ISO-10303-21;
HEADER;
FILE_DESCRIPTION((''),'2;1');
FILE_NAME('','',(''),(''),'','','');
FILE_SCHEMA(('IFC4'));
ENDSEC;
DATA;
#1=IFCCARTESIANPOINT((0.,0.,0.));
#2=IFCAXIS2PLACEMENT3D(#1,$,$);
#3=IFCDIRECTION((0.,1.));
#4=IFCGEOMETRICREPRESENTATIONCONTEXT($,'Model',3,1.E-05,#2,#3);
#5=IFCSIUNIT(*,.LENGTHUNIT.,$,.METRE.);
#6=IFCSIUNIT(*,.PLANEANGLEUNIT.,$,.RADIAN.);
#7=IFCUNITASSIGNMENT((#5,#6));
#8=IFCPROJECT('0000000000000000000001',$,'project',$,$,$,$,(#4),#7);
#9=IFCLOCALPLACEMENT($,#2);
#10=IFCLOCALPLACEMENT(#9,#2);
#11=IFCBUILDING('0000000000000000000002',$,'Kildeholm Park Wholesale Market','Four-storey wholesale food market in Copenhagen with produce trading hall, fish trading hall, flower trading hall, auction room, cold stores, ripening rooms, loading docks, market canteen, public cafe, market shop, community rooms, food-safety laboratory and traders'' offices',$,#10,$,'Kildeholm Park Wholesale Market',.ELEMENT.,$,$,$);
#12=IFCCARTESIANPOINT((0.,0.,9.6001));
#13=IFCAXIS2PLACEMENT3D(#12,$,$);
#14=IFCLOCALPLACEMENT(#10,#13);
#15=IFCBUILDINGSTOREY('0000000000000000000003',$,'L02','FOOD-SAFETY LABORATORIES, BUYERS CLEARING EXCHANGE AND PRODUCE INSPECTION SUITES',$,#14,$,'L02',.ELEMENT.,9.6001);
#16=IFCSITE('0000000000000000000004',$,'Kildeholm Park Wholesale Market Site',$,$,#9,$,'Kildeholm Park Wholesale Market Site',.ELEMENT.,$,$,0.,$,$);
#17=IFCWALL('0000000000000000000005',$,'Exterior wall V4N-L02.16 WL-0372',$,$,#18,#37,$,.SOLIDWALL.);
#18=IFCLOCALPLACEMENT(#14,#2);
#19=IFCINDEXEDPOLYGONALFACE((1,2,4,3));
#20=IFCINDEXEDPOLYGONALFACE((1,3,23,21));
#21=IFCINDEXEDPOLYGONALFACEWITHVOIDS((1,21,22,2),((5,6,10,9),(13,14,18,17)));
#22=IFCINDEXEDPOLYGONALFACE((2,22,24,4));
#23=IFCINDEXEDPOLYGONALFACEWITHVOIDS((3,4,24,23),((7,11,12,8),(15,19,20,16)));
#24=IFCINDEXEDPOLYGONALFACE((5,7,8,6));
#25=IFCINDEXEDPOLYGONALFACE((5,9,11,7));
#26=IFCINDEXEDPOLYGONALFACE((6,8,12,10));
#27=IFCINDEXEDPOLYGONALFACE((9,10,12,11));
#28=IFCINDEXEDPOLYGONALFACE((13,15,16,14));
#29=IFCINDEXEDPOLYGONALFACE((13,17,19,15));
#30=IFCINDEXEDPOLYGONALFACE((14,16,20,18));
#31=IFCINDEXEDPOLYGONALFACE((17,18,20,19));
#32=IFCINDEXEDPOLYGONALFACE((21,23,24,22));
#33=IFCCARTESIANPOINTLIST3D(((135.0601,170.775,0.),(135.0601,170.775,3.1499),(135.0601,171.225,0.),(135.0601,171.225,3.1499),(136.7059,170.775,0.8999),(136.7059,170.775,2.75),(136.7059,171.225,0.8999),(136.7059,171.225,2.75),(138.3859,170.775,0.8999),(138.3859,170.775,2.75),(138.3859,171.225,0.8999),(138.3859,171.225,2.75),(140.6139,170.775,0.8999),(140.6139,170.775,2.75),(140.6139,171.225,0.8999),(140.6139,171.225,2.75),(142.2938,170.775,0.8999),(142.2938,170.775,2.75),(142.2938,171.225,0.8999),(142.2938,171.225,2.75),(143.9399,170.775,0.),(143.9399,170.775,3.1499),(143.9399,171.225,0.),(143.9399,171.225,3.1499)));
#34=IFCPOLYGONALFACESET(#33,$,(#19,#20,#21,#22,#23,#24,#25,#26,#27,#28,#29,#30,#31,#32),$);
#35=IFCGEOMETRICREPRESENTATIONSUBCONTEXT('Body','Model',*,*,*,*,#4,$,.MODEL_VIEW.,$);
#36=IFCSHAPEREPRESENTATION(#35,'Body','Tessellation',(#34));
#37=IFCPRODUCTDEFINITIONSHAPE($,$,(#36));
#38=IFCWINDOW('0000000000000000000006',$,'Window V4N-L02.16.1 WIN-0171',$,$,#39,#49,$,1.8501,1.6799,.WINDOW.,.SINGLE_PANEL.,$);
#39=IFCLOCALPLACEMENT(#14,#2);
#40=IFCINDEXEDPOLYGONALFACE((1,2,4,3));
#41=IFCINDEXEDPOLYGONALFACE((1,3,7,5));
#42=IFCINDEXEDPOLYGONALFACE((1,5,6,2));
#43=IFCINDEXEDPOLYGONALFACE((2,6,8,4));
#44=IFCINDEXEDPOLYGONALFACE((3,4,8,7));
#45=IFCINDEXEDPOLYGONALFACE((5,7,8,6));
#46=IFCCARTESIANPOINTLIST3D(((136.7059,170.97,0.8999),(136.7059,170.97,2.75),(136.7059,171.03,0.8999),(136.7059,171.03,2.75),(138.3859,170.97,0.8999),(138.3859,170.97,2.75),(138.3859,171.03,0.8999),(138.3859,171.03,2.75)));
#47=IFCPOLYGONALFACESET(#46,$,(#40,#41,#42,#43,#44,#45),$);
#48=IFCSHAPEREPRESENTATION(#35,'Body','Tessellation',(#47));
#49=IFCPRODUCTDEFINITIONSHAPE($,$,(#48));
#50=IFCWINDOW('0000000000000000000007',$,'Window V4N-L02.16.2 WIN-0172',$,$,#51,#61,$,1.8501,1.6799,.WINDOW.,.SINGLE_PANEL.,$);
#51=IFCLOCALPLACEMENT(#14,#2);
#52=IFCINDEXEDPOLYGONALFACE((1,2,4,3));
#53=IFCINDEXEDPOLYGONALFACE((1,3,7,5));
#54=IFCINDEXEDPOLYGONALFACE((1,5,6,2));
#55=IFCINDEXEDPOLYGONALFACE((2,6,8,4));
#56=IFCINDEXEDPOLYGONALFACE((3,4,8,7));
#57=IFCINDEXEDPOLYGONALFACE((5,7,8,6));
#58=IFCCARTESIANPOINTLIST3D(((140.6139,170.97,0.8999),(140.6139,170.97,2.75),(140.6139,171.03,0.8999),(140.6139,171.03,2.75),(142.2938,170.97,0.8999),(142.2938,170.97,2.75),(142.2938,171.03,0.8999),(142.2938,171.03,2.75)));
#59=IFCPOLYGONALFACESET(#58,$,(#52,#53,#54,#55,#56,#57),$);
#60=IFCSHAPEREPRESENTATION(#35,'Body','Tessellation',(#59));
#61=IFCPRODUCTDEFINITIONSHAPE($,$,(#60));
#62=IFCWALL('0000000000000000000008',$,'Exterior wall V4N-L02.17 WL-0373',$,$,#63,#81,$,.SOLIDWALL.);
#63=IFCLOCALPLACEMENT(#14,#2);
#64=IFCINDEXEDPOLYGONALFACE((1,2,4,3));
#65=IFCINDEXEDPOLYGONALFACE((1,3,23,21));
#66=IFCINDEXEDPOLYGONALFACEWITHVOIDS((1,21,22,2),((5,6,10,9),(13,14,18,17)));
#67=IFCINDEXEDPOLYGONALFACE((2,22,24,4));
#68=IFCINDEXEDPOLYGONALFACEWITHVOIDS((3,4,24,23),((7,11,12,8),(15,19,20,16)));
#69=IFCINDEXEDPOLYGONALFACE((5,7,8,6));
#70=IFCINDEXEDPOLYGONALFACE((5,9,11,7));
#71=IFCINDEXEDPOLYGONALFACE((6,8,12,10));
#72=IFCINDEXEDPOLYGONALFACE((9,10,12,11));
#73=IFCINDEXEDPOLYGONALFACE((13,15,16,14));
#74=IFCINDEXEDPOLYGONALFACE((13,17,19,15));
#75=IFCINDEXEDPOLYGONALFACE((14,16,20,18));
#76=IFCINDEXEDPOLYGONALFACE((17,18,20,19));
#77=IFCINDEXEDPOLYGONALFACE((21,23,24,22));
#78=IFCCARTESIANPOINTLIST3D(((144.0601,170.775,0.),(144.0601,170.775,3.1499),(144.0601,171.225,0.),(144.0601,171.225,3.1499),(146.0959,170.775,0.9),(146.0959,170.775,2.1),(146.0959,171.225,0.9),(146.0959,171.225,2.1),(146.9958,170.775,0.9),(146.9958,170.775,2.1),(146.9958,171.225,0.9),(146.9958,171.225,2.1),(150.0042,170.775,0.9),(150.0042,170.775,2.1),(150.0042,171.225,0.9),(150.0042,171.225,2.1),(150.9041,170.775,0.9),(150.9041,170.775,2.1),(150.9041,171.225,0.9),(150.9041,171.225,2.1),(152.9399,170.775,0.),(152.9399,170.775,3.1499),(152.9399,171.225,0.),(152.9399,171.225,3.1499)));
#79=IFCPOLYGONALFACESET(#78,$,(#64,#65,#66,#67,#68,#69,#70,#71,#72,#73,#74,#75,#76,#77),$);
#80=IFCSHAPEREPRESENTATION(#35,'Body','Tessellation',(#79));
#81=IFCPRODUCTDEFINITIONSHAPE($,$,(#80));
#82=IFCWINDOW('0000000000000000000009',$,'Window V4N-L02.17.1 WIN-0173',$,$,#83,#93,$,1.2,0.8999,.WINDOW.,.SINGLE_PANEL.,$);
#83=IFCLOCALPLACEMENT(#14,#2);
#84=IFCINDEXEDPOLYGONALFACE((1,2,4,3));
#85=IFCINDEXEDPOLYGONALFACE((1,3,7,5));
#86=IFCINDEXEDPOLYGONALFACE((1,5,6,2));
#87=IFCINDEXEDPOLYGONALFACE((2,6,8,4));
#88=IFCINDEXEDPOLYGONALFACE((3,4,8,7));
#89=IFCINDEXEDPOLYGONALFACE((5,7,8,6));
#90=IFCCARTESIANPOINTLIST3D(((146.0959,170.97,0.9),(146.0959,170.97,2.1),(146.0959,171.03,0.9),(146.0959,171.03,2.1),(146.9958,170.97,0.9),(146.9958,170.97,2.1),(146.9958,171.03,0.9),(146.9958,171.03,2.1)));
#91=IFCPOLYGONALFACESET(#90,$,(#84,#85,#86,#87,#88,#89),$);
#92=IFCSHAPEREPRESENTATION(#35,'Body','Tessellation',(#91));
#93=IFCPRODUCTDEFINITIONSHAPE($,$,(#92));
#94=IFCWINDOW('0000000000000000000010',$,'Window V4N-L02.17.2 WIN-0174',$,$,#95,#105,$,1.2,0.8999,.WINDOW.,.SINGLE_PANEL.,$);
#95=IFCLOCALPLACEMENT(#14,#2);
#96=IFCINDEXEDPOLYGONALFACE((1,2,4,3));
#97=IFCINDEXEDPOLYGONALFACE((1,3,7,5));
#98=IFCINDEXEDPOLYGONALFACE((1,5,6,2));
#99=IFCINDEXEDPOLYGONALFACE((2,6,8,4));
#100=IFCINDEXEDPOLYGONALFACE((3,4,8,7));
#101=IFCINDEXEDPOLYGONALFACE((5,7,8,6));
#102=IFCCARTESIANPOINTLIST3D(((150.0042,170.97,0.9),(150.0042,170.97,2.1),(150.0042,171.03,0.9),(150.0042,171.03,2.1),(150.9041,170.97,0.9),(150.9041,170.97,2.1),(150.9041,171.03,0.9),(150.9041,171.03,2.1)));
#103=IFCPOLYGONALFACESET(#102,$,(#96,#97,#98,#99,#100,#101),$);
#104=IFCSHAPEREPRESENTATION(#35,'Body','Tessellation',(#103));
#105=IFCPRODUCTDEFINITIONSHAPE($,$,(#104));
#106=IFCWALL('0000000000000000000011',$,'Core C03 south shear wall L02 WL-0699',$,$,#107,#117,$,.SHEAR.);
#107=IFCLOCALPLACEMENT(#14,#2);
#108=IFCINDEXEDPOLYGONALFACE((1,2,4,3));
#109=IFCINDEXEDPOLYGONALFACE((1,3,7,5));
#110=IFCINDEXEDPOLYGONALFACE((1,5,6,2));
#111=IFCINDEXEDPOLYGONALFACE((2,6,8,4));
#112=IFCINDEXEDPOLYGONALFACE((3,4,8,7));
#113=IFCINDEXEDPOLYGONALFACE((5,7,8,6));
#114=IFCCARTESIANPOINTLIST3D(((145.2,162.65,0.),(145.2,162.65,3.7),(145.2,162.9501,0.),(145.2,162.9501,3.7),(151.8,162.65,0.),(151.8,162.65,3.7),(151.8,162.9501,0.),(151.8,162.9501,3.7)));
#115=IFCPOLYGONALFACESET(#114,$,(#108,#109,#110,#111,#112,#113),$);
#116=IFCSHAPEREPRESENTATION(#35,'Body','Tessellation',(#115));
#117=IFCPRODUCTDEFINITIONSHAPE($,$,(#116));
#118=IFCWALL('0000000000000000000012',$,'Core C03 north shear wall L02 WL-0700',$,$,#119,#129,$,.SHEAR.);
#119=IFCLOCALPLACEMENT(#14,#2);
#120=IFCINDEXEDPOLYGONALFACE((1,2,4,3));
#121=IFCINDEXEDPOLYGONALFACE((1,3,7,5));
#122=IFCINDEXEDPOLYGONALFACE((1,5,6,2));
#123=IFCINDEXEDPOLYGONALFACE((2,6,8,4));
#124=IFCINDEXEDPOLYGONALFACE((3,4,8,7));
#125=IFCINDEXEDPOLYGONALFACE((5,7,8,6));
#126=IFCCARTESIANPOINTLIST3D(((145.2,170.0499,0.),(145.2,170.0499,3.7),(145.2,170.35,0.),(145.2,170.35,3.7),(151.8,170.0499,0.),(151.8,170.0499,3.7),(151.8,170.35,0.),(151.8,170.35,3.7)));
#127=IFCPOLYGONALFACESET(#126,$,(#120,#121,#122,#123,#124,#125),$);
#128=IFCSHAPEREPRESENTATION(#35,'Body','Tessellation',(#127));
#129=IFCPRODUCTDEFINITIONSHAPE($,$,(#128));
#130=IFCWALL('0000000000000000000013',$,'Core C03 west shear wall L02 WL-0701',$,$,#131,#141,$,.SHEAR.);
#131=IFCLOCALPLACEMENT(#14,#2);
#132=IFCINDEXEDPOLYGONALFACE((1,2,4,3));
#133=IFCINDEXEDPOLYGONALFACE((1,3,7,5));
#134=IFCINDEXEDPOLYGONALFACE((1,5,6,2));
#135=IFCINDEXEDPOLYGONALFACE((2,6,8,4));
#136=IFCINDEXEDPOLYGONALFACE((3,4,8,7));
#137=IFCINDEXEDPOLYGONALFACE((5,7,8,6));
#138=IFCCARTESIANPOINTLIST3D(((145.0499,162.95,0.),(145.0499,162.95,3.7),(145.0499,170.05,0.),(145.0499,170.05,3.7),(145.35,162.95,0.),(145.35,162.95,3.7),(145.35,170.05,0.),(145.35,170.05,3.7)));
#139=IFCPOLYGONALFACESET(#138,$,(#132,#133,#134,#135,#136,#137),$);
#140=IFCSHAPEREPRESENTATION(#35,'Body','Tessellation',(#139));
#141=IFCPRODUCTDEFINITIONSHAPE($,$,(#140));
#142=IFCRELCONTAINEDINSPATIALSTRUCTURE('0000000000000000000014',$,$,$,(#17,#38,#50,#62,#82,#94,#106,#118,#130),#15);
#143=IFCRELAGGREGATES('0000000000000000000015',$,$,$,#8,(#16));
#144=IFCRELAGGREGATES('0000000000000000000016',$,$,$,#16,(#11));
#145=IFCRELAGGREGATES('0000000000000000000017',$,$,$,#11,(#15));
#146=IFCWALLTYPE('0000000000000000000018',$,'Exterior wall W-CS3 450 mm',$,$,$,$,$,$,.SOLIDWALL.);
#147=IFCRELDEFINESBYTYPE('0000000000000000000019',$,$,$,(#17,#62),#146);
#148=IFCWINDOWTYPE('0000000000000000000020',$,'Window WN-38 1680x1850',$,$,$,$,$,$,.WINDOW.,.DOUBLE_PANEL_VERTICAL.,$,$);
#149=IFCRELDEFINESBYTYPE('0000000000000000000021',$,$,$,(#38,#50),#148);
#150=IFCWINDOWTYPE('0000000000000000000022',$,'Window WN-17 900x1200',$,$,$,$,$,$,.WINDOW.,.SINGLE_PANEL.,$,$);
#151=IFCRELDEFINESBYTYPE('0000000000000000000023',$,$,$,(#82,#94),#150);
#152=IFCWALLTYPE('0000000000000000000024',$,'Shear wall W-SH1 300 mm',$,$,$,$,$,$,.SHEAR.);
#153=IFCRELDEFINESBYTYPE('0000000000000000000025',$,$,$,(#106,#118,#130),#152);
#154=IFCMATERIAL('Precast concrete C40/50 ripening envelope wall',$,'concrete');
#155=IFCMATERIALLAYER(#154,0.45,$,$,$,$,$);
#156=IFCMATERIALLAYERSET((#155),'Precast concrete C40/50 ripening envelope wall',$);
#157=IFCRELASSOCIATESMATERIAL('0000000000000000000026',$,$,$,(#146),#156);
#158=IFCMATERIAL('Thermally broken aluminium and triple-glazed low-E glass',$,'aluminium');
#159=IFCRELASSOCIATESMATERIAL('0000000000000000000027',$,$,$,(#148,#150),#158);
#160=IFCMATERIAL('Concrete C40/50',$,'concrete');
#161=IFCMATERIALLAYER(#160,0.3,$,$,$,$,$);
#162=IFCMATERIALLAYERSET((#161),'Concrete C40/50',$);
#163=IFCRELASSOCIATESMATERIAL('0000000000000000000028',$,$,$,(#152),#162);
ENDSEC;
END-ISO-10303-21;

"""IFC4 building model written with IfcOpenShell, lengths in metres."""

from ifc_helpers import new_model, si_unit, direction, frame, frame_2d, origin, place, context, subcontext, project, spatial, rectangle, extrude, material, layer, layer_set, type_object, element, fill, save


model = new_model("IFC4")

# Units and contexts
model_context = context("Model", 3, precision=1e-05, world=origin(), true_north=direction((0.0, 1.0)))
body_context = subcontext(model_context, "Body", "Model", "MODEL_VIEW")
ifc_project = project(units=[si_unit("LENGTHUNIT", "METRE"), si_unit("PLANEANGLEUNIT", "RADIAN")], contexts=[model_context])

# Site, building, storey
site_placement = place(None, origin())
site = spatial("IfcSite", under=ifc_project, at=site_placement, Name="Kildeholm Park Wholesale Market Site", LongName="Kildeholm Park Wholesale Market Site", CompositionType="ELEMENT", RefElevation=0.0)
building_placement = place(site_placement, origin())
building = spatial("IfcBuilding", under=site, at=building_placement, Name="Kildeholm Park Wholesale Market", Description="Four-storey wholesale food market in Copenhagen with produce trading hall, fish trading hall, flower trading hall, auction room, cold stores, ripening rooms, loading docks, market canteen, public cafe, market shop, community rooms, food-safety laboratory and traders' offices", LongName="Kildeholm Park Wholesale Market", CompositionType="ELEMENT")
storey_placement = place(building_placement, frame((0.0, 0.0, 9.6001)))
storey = spatial("IfcBuildingStorey", under=building, at=storey_placement, Name="L02", Description="FOOD-SAFETY LABORATORIES, BUYERS CLEARING EXCHANGE AND PRODUCE INSPECTION SUITES", LongName="L02", CompositionType="ELEMENT", Elevation=9.6001)

# Shared definitions
ifc_material_1 = material(Name="Concrete C40/50", Category="concrete")

# Walls, openings, windows
ifc_material_2 = material(Name="Precast concrete C40/50 ripening envelope wall", Category="concrete")
ifc_layer_1 = layer(ifc_material_2, 0.45)
ifc_layer_set_1 = layer_set([ifc_layer_1], Name="Precast concrete C40/50 ripening envelope wall")
wall_type_1 = type_object("IfcWallType", Name="Exterior wall W-CS3 450 mm", PredefinedType="SOLIDWALL", material=ifc_layer_set_1)
wall_1_placement = place(storey_placement, frame((135.0601, 171.0, 0.0), z_axis=(0.0, 0.0, 1.0), x_axis=(1.0, 0.0, 0.0)))
wall_1 = element("IfcWall", 1, at=wall_1_placement, inside=storey, type_object=wall_type_1, Name="Exterior wall V4N-L02.16 WL-0372", PredefinedType="SOLIDWALL", context=body_context, shape_type="SweptSolid", body=[
    extrude(rectangle(XDim=8.8799, YDim=0.45, at=frame_2d((4.4399, 0.0))), origin(), (0.0, 0.0, 1.0), 3.1499),
])
opening_1_placement = place(wall_1_placement, frame((1.646, 0.0, 0.8999)))
opening_1 = element("IfcOpeningElement", 2, at=opening_1_placement, cuts=wall_1, PredefinedType="OPENING", context=body_context, shape_type="SweptSolid", body=[
    extrude(rectangle(XDim=1.6799, YDim=1.8501, at=frame_2d((0.8398, 0.925))), frame((0.0, 0.2349, 0.0), z_axis=(0.0, -1.0, 0.0), x_axis=(1.0, 0.0, 0.0)), (0.0, 0.0, 1.0), 0.47),
])
opening_2_placement = place(wall_1_placement, frame((5.554, 0.0, 0.8999)))
opening_2 = element("IfcOpeningElement", 3, at=opening_2_placement, cuts=wall_1, PredefinedType="OPENING", context=body_context, shape_type="SweptSolid", body=[
    extrude(rectangle(XDim=1.6799, YDim=1.8501, at=frame_2d((0.8398, 0.925))), frame((0.0, 0.2349, 0.0), z_axis=(0.0, -1.0, 0.0), x_axis=(1.0, 0.0, 0.0)), (0.0, 0.0, 1.0), 0.47),
])
ifc_material_3 = material(Name="Thermally broken aluminium and triple-glazed low-E glass", Category="aluminium")
window_type_1 = type_object("IfcWindowType", Name="Window WN-38 1680x1850", PartitioningType="DOUBLE_PANEL_VERTICAL", PredefinedType="WINDOW", material=ifc_material_3)
window_1_placement = place(opening_1_placement, origin())
window_1 = element("IfcWindow", 4, at=window_1_placement, inside=storey, type_object=window_type_1, Name="Window V4N-L02.16.1 WIN-0171", OverallHeight=1.8501, OverallWidth=1.6799, PartitioningType="SINGLE_PANEL", PredefinedType="WINDOW", context=body_context, shape_type="SweptSolid", body=[
    extrude(rectangle(XDim=1.6799, YDim=1.8501, at=frame_2d((0.8398, 0.925))), frame((0.0, 0.03, 0.0), z_axis=(0.0, -1.0, 0.0), x_axis=(1.0, 0.0, 0.0)), (0.0, 0.0, 1.0), 0.0601),
])
fill(opening_1, window_1)
window_2_placement = place(opening_2_placement, origin())
window_2 = element("IfcWindow", 5, at=window_2_placement, inside=storey, type_object=window_type_1, Name="Window V4N-L02.16.2 WIN-0172", OverallHeight=1.8501, OverallWidth=1.6799, PartitioningType="SINGLE_PANEL", PredefinedType="WINDOW", context=body_context, shape_type="SweptSolid", body=[
    extrude(rectangle(XDim=1.6799, YDim=1.8501, at=frame_2d((0.8398, 0.925))), frame((0.0, 0.03, 0.0), z_axis=(0.0, -1.0, 0.0), x_axis=(1.0, 0.0, 0.0)), (0.0, 0.0, 1.0), 0.0601),
])
fill(opening_2, window_2)
wall_2_placement = place(storey_placement, frame((144.0601, 171.0, 0.0), z_axis=(0.0, 0.0, 1.0), x_axis=(1.0, 0.0, 0.0)))
wall_2 = element("IfcWall", 6, at=wall_2_placement, inside=storey, type_object=wall_type_1, Name="Exterior wall V4N-L02.17 WL-0373", PredefinedType="SOLIDWALL", context=body_context, shape_type="SweptSolid", body=[
    extrude(rectangle(XDim=8.8799, YDim=0.45, at=frame_2d((4.4399, 0.0))), origin(), (0.0, 0.0, 1.0), 3.1499),
])
opening_3_placement = place(wall_2_placement, frame((2.0359, 0.0, 0.8999)))
opening_3 = element("IfcOpeningElement", 7, at=opening_3_placement, cuts=wall_2, PredefinedType="OPENING", context=body_context, shape_type="SweptSolid", body=[
    extrude(rectangle(XDim=0.8999, YDim=1.2, at=frame_2d((0.45, 0.6001))), frame((0.0, 0.2349, 0.0), z_axis=(0.0, -1.0, 0.0), x_axis=(1.0, 0.0, 0.0)), (0.0, 0.0, 1.0), 0.47),
])
opening_4_placement = place(wall_2_placement, frame((5.9441, 0.0, 0.8999)))
opening_4 = element("IfcOpeningElement", 8, at=opening_4_placement, cuts=wall_2, PredefinedType="OPENING", context=body_context, shape_type="SweptSolid", body=[
    extrude(rectangle(XDim=0.8999, YDim=1.2, at=frame_2d((0.45, 0.6001))), frame((0.0, 0.2349, 0.0), z_axis=(0.0, -1.0, 0.0), x_axis=(1.0, 0.0, 0.0)), (0.0, 0.0, 1.0), 0.47),
])
window_type_2 = type_object("IfcWindowType", Name="Window WN-17 900x1200", PartitioningType="SINGLE_PANEL", PredefinedType="WINDOW", material=ifc_material_3)
window_3_placement = place(opening_3_placement, origin())
window_3 = element("IfcWindow", 9, at=window_3_placement, inside=storey, type_object=window_type_2, Name="Window V4N-L02.17.1 WIN-0173", OverallHeight=1.2, OverallWidth=0.8999, PartitioningType="SINGLE_PANEL", PredefinedType="WINDOW", context=body_context, shape_type="SweptSolid", body=[
    extrude(rectangle(XDim=0.8999, YDim=1.2, at=frame_2d((0.45, 0.6001))), frame((0.0, 0.03, 0.0), z_axis=(0.0, -1.0, 0.0), x_axis=(1.0, 0.0, 0.0)), (0.0, 0.0, 1.0), 0.0601),
])
fill(opening_3, window_3)
window_4_placement = place(opening_4_placement, origin())
window_4 = element("IfcWindow", 10, at=window_4_placement, inside=storey, type_object=window_type_2, Name="Window V4N-L02.17.2 WIN-0174", OverallHeight=1.2, OverallWidth=0.8999, PartitioningType="SINGLE_PANEL", PredefinedType="WINDOW", context=body_context, shape_type="SweptSolid", body=[
    extrude(rectangle(XDim=0.8999, YDim=1.2, at=frame_2d((0.45, 0.6001))), frame((0.0, 0.03, 0.0), z_axis=(0.0, -1.0, 0.0), x_axis=(1.0, 0.0, 0.0)), (0.0, 0.0, 1.0), 0.0601),
])
fill(opening_4, window_4)

# Walls
ifc_layer_2 = layer(ifc_material_1, 0.3)
ifc_layer_set_2 = layer_set([ifc_layer_2], Name="Concrete C40/50")
wall_type_2 = type_object("IfcWallType", Name="Shear wall W-SH1 300 mm", PredefinedType="SHEAR", material=ifc_layer_set_2)
for number, where, z_axis, x_axis, name in (
    (11, (145.2, 162.8, 0.0), (0.0, 0.0, 1.0), (1.0, 0.0, 0.0), "Core C03 south shear wall L02 WL-0699"),
    (12, (145.2, 170.2, 0.0), (0.0, 0.0, 1.0), (1.0, 0.0, 0.0), "Core C03 north shear wall L02 WL-0700"),
):
    element("IfcWall", number, at=place(storey_placement, frame(where, z_axis=z_axis, x_axis=x_axis)), inside=storey, type_object=wall_type_2, Name=name, PredefinedType="SHEAR", context=body_context, shape_type="SweptSolid", body=[
        extrude(rectangle(XDim=6.6001, YDim=0.3, at=frame_2d((3.3, 0.0))), origin(), (0.0, 0.0, 1.0), 3.7),
    ])
wall_3_placement = place(storey_placement, frame((145.2, 162.95, 0.0), z_axis=(0.0, 0.0, 1.0), x_axis=(0.0, 1.0, 0.0)))
element("IfcWall", 13, at=wall_3_placement, inside=storey, type_object=wall_type_2, Name="Core C03 west shear wall L02 WL-0701", PredefinedType="SHEAR", context=body_context, shape_type="SweptSolid", body=[
    extrude(rectangle(XDim=7.1001, YDim=0.3, at=frame_2d((3.55, 0.0))), origin(), (0.0, 0.0, 1.0), 3.7),
])

save(model, "model.ifc")
